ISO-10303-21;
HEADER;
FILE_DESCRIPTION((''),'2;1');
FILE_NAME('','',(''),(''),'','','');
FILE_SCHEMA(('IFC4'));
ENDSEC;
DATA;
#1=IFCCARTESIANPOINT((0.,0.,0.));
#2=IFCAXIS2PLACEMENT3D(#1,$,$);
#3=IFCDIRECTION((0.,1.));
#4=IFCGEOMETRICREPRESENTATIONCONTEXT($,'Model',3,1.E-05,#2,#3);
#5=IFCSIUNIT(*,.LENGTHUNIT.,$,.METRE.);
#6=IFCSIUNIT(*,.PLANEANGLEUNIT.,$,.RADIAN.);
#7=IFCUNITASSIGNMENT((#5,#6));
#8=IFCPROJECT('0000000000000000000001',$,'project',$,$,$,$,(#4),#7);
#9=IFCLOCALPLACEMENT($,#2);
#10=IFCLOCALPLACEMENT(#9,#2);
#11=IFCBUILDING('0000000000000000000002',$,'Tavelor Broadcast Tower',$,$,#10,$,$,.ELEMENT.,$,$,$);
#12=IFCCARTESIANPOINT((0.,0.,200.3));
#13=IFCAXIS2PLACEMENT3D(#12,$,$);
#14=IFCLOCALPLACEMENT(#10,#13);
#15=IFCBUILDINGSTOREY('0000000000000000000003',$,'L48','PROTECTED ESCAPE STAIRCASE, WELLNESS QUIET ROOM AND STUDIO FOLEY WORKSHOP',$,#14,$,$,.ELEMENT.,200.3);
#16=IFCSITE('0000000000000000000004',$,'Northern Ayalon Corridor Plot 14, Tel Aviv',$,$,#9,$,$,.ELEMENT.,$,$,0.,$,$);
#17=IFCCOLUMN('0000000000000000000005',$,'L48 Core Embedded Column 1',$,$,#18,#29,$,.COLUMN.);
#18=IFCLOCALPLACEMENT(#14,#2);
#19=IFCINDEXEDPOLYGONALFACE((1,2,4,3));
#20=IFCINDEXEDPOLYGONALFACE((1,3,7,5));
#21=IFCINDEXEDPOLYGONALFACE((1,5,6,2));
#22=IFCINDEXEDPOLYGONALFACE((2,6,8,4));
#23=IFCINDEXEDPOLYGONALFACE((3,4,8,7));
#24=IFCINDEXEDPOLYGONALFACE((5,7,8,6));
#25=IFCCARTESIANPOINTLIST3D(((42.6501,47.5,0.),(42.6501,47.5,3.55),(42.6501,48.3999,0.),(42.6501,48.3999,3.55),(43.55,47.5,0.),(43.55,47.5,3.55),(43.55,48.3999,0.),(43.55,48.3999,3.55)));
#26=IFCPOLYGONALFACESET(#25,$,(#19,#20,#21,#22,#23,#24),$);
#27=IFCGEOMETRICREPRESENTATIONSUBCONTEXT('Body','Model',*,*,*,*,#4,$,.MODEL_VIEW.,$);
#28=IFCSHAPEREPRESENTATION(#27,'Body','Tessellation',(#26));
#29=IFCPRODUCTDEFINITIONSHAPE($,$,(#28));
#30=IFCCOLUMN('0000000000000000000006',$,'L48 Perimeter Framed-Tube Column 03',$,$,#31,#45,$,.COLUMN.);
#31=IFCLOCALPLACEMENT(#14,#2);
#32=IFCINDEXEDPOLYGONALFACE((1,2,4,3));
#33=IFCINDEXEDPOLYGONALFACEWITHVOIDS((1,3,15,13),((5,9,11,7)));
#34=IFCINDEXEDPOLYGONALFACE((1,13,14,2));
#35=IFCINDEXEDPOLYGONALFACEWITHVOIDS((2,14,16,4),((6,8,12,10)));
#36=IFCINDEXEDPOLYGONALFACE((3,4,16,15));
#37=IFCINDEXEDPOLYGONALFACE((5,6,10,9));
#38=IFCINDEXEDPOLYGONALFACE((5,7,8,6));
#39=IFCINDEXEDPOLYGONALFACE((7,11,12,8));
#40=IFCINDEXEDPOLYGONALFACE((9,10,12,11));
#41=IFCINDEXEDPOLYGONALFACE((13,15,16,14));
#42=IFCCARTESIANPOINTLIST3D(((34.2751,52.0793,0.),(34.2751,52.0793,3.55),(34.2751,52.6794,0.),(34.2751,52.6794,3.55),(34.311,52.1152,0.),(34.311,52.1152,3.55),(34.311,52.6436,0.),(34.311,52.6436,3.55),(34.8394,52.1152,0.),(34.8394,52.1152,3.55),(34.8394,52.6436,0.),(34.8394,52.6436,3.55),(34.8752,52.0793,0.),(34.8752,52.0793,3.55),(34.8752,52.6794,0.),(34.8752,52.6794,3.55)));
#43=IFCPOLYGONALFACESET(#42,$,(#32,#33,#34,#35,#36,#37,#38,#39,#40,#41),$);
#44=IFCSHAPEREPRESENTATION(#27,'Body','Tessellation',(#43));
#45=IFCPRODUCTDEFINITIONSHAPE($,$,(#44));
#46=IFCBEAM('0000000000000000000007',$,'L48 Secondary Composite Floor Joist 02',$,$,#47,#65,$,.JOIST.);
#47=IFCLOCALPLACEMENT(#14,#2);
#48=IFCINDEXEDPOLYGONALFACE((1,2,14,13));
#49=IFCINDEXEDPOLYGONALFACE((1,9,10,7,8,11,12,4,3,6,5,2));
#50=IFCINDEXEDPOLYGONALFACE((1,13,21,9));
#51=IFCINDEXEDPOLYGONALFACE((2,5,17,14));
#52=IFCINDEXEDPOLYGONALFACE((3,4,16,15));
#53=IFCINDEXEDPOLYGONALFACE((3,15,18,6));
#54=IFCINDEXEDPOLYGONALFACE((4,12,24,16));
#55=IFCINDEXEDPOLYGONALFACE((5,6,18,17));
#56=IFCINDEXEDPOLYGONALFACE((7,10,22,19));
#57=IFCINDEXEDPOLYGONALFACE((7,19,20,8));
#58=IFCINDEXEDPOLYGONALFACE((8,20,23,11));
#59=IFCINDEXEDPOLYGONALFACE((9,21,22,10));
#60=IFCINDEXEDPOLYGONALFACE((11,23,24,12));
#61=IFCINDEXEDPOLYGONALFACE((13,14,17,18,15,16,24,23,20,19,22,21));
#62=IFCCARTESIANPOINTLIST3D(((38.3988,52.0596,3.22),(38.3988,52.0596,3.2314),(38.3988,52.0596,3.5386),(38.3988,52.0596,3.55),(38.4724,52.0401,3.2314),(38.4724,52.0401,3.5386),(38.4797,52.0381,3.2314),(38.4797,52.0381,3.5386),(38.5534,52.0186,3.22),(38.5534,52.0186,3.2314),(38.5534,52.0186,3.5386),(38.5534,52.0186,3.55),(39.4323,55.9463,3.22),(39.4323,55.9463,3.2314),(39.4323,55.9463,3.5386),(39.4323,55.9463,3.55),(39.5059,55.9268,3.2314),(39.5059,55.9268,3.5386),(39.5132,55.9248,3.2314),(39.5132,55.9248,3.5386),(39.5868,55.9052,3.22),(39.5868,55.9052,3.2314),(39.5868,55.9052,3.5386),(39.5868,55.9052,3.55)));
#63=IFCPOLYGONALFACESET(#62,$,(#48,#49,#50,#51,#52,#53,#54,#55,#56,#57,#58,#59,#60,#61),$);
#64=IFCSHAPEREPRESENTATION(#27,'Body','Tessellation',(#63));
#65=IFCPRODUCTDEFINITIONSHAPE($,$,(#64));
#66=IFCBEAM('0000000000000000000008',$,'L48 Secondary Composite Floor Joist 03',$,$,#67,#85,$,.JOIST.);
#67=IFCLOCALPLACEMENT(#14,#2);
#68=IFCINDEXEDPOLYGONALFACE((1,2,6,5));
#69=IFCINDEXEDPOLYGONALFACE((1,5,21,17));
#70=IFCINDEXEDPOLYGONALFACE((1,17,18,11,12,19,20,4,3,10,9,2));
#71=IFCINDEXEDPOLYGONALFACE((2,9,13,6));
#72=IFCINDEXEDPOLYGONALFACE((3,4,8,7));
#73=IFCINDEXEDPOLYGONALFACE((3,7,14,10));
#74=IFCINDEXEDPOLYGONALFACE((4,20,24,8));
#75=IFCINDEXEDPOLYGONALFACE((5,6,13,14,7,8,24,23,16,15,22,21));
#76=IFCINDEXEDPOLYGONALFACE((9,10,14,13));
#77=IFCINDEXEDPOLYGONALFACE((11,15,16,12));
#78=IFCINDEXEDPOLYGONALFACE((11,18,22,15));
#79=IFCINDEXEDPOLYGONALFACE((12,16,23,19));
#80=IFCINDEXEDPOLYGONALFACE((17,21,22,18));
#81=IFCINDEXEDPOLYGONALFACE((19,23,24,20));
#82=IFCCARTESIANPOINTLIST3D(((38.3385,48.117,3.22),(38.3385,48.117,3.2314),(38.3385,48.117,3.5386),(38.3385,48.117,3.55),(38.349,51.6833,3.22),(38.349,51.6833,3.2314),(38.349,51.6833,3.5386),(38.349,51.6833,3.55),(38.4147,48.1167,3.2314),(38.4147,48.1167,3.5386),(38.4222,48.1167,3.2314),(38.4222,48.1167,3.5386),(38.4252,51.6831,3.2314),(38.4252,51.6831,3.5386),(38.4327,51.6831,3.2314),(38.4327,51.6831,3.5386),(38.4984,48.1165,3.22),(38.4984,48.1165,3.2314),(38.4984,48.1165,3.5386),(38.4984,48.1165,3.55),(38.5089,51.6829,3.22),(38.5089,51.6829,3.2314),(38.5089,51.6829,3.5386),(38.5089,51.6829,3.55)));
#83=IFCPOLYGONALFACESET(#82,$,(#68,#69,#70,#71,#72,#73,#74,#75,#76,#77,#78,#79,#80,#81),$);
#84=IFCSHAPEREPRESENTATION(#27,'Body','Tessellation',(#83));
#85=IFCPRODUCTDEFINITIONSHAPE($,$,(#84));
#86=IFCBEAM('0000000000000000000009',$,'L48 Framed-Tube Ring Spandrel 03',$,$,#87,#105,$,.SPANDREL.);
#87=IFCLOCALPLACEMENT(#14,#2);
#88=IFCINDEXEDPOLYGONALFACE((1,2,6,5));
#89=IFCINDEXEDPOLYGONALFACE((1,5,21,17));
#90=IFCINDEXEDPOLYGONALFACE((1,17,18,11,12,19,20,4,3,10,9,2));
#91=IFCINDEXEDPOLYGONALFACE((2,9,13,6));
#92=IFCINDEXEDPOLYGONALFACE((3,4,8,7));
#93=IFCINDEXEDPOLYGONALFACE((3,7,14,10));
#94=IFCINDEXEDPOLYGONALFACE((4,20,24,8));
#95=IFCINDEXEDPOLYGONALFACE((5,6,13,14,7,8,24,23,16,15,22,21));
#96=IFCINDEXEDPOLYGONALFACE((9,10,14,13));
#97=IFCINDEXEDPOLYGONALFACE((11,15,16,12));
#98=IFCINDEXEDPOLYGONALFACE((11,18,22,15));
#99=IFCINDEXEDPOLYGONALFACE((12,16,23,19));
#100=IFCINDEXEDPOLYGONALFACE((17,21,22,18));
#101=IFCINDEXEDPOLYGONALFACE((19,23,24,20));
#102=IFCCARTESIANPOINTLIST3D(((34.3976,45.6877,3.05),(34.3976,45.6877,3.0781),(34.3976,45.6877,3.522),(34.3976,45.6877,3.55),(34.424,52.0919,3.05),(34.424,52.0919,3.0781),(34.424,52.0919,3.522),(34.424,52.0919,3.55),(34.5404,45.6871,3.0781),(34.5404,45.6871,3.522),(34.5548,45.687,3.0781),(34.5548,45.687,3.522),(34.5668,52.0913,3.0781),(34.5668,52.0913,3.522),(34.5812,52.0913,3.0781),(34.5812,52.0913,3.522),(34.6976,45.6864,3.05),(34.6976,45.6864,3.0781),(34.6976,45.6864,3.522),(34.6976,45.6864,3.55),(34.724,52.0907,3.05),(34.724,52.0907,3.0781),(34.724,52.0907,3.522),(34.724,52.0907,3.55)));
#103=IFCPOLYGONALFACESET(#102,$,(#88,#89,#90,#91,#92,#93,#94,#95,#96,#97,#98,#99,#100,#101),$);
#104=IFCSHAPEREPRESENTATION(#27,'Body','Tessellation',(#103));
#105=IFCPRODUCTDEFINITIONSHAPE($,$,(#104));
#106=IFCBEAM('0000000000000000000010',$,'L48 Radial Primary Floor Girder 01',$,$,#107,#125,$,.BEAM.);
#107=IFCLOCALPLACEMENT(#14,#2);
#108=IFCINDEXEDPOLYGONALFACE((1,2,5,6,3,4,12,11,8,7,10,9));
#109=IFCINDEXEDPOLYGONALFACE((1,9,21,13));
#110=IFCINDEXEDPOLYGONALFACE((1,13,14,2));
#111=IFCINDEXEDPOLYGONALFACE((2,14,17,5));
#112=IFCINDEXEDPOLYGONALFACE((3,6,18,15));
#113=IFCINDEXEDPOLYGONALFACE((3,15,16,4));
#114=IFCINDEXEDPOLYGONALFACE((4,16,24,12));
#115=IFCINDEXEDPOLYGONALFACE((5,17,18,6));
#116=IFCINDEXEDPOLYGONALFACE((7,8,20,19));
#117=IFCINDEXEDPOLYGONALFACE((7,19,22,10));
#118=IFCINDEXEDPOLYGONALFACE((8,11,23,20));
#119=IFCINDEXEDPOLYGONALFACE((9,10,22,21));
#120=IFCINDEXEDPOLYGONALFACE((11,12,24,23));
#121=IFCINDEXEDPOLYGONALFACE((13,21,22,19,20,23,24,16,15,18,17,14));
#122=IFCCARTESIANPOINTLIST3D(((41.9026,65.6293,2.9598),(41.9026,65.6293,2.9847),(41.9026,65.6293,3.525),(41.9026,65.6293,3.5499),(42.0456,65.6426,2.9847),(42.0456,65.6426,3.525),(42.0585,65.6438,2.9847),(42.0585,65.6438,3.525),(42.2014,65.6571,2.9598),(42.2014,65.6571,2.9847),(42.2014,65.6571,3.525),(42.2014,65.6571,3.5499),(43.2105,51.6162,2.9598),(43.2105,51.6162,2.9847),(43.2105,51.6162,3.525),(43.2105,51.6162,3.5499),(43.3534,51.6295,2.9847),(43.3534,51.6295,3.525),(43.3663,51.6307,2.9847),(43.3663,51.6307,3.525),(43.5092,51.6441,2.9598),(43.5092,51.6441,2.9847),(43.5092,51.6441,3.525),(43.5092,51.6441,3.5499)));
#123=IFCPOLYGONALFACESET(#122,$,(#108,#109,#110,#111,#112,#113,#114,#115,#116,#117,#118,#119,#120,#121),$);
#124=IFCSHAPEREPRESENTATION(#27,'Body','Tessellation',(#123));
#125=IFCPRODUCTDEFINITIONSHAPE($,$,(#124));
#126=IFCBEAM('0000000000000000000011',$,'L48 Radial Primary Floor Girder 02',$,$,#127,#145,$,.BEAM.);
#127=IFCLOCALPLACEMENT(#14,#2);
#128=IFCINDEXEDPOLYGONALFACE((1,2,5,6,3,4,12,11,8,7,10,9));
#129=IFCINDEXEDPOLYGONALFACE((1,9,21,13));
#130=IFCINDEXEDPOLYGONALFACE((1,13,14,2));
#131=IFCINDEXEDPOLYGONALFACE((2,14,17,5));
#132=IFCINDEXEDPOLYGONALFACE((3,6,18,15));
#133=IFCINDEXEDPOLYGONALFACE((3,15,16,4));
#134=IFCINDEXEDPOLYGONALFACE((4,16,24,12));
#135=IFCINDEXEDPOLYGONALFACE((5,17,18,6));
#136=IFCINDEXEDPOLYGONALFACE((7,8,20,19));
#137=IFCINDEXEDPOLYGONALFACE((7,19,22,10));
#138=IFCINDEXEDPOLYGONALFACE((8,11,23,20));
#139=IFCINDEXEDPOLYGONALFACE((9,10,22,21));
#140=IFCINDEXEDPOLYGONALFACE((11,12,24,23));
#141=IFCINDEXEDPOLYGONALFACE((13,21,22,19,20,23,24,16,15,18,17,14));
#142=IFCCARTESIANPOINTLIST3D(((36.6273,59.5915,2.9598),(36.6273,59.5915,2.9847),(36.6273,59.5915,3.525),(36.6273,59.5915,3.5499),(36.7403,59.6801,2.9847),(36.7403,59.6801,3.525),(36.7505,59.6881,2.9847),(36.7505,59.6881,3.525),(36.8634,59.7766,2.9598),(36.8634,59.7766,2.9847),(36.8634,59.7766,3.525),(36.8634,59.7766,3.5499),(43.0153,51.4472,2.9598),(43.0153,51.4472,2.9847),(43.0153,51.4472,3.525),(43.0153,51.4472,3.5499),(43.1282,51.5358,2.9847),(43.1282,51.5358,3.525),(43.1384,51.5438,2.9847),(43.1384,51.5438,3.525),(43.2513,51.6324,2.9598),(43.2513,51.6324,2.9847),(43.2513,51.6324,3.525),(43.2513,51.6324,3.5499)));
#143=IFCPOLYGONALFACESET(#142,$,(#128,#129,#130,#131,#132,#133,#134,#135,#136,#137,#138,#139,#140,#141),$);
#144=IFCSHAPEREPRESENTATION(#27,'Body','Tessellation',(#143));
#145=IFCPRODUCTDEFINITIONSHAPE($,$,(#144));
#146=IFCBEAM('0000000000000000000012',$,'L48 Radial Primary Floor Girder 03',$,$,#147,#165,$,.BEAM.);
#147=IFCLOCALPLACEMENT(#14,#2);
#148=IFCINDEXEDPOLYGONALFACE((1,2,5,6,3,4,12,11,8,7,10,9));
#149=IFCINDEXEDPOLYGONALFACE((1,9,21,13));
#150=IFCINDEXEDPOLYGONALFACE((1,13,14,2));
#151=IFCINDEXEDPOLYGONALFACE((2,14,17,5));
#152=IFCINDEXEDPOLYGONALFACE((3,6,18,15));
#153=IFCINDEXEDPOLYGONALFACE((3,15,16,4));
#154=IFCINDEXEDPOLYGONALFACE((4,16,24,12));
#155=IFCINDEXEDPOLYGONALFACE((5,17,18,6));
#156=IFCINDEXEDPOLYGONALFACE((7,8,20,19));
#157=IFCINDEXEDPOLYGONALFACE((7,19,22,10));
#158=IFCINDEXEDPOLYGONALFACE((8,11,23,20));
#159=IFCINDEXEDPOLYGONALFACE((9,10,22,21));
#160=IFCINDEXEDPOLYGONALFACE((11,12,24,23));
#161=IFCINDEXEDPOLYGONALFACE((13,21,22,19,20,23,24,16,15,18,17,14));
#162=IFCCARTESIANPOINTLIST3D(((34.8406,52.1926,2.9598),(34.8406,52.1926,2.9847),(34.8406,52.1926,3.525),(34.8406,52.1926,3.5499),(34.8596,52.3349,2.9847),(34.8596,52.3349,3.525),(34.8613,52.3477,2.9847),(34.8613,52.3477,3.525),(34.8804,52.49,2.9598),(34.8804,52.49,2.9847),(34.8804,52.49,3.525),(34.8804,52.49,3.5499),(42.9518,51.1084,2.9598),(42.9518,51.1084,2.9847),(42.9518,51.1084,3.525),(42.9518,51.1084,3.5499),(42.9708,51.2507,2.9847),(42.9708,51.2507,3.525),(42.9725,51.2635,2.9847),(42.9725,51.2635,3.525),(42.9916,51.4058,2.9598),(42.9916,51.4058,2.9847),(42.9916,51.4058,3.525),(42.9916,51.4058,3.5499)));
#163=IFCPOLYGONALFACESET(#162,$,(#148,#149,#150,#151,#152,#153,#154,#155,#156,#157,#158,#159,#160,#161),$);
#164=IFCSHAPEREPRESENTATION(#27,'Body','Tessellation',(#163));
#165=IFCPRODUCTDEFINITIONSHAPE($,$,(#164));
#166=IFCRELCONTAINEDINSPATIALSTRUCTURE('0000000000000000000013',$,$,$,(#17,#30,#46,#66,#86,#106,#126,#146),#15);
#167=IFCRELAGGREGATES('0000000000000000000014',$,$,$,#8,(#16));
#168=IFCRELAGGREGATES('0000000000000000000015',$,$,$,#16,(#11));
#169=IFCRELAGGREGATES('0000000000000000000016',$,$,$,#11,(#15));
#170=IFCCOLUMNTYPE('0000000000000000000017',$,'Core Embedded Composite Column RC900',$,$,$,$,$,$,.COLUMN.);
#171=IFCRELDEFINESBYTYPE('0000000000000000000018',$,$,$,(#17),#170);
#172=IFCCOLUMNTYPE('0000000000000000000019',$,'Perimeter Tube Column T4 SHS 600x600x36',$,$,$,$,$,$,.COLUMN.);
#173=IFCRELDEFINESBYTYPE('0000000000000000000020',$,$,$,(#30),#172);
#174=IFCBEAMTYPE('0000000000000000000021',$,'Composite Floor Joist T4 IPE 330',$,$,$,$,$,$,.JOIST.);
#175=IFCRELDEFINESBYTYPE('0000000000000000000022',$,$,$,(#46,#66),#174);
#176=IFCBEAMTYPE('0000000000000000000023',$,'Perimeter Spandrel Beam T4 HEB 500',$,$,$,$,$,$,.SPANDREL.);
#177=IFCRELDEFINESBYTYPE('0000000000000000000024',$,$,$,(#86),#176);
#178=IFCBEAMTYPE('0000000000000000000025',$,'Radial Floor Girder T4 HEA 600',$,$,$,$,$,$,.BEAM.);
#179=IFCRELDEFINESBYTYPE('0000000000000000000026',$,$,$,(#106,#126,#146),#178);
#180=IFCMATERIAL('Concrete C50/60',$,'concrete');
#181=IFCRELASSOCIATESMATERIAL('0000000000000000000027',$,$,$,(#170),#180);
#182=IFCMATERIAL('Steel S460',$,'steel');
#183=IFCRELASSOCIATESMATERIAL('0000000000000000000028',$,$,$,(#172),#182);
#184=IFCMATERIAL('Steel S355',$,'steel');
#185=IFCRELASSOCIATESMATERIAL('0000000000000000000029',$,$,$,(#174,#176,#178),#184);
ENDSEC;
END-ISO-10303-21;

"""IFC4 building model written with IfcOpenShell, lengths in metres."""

from ifc_helpers import new_model, si_unit, direction, frame, origin, origin_2d, place, context, subcontext, project, spatial, rectangle, hollow_rectangle, i_section, extrude, material, material_profile, profile_set, type_object, element, save


model = new_model("IFC4")

# Units and contexts
model_context = context("Model", 3, precision=1e-05, world=origin(), true_north=direction((0.0, 1.0)))
body_context = subcontext(model_context, "Body", "Model", "MODEL_VIEW")
ifc_project = project(units=[si_unit("LENGTHUNIT", "METRE"), si_unit("PLANEANGLEUNIT", "RADIAN")], contexts=[model_context])

# Site, building, storey
site_placement = place(None, origin())
site = spatial("IfcSite", under=ifc_project, at=site_placement, Name="Northern Ayalon Corridor Plot 14, Tel Aviv", CompositionType="ELEMENT", RefElevation=0.0)
building_placement = place(site_placement, origin())
building = spatial("IfcBuilding", under=site, at=building_placement, Name="Tavelor Broadcast Tower", CompositionType="ELEMENT")
storey_placement = place(building_placement, frame((0.0, 0.0, 200.3)))
storey = spatial("IfcBuildingStorey", under=building, at=storey_placement, Name="L48", Description="PROTECTED ESCAPE STAIRCASE, WELLNESS QUIET ROOM AND STUDIO FOLEY WORKSHOP", CompositionType="ELEMENT", Elevation=200.3)

# Columns
ifc_material_1 = material(Name="Concrete C50/60", Category="concrete")
ifc_material_profile_1 = material_profile(ifc_material_1, rectangle(XDim=0.8999, YDim=0.8999, at=origin_2d()), Name="RC 900x900")
ifc_profile_set_1 = profile_set([ifc_material_profile_1], Name="Concrete C50/60")
column_type_1 = type_object("IfcColumnType", Name="Core Embedded Composite Column RC900", PredefinedType="COLUMN", material=ifc_profile_set_1)
column_1_placement = place(storey_placement, frame((43.1001, 47.95, 0.0), z_axis=(0.0, 0.0, 1.0), x_axis=(1.0, 0.0, 0.0)))
element("IfcColumn", 1, at=column_1_placement, inside=storey, type_object=column_type_1, Name="L48 Core Embedded Column 1", PredefinedType="COLUMN", context=body_context, shape_type="SweptSolid", body=[
    extrude(rectangle(XDim=0.8999, YDim=0.8999, at=origin_2d()), origin(), (0.0, 0.0, 1.0), 3.55),
])
ifc_material_2 = material(Name="Steel S460", Category="steel")
ifc_material_profile_2 = material_profile(ifc_material_2, hollow_rectangle(XDim=0.6001, YDim=0.6001, WallThickness=0.0359, at=origin_2d()), Name="SHS 600x600x36")
ifc_profile_set_2 = profile_set([ifc_material_profile_2], Name="Steel S460")
column_type_2 = type_object("IfcColumnType", Name="Perimeter Tube Column T4 SHS 600x600x36", PredefinedType="COLUMN", material=ifc_profile_set_2)
column_2_placement = place(storey_placement, frame((34.5752, 52.3794, 0.0), z_axis=(0.0, 0.0, 1.0), x_axis=(1.0, 0.0, 0.0)))
element("IfcColumn", 2, at=column_2_placement, inside=storey, type_object=column_type_2, Name="L48 Perimeter Framed-Tube Column 03", PredefinedType="COLUMN", context=body_context, shape_type="SweptSolid", body=[
    extrude(hollow_rectangle(XDim=0.6001, YDim=0.6001, WallThickness=0.0359, at=origin_2d()), origin(), (0.0, 0.0, 1.0), 3.55),
])

# Beams
ifc_material_3 = material(Name="Steel S355", Category="steel")
ifc_material_profile_3 = material_profile(ifc_material_3, i_section(OverallWidth=0.1599, OverallDepth=0.3301, WebThickness=0.0076, FlangeThickness=0.0115, at=origin_2d()), Name="IPE 330")
ifc_profile_set_3 = profile_set([ifc_material_profile_3], Name="Steel S355")
beam_type_1 = type_object("IfcBeamType", Name="Composite Floor Joist T4 IPE 330", PredefinedType="JOIST", material=ifc_profile_set_3)
beam_1_placement = place(storey_placement, frame((39.5095, 55.9258, 3.385), z_axis=(-0.256964, -0.966421, 0.0), x_axis=(0.966421, -0.256964, 0.0)))
element("IfcBeam", 3, at=beam_1_placement, inside=storey, type_object=beam_type_1, Name="L48 Secondary Composite Floor Joist 02", PredefinedType="JOIST", context=body_context, shape_type="SweptSolid", body=[
    extrude(i_section(OverallWidth=0.1599, OverallDepth=0.3301, WebThickness=0.0076, FlangeThickness=0.0115, at=origin_2d()), origin(), (0.0, 0.0, 1.0), 4.0217),
])
beam_2_placement = place(storey_placement, frame((38.429, 51.6831, 3.385), z_axis=(-0.002944, -0.999996, 0.0), x_axis=(0.999996, -0.002944, 0.0)))
element("IfcBeam", 4, at=beam_2_placement, inside=storey, type_object=beam_type_1, Name="L48 Secondary Composite Floor Joist 03", PredefinedType="JOIST", context=body_context, shape_type="SweptSolid", body=[
    extrude(i_section(OverallWidth=0.1599, OverallDepth=0.3301, WebThickness=0.0076, FlangeThickness=0.0115, at=origin_2d()), origin(), (0.0, 0.0, 1.0), 3.5664),
])
ifc_material_profile_4 = material_profile(ifc_material_3, i_section(OverallWidth=0.3, OverallDepth=0.5, WebThickness=0.0144, FlangeThickness=0.0281, at=origin_2d()), Name="HEB 500")
ifc_profile_set_4 = profile_set([ifc_material_profile_4], Name="Steel S355")
beam_type_2 = type_object("IfcBeamType", Name="Perimeter Spandrel Beam T4 HEB 500", PredefinedType="SPANDREL", material=ifc_profile_set_4)
beam_3_placement = place(storey_placement, frame((34.574, 52.0913, 3.3), z_axis=(-0.004117, -0.999992, 0.0), x_axis=(0.999992, -0.004117, 0.0)))
element("IfcBeam", 5, at=beam_3_placement, inside=storey, type_object=beam_type_2, Name="L48 Framed-Tube Ring Spandrel 03", PredefinedType="SPANDREL", context=body_context, shape_type="SweptSolid", body=[
    extrude(i_section(OverallWidth=0.3, OverallDepth=0.5, WebThickness=0.0144, FlangeThickness=0.0281, at=origin_2d()), origin(), (0.0, 0.0, 1.0), 6.4043),
])
ifc_material_profile_5 = material_profile(ifc_material_3, i_section(OverallWidth=0.3, OverallDepth=0.5901, WebThickness=0.0129, FlangeThickness=0.0249, at=origin_2d()), Name="HEA 600")
ifc_profile_set_5 = profile_set([ifc_material_profile_5], Name="Steel S355")
beam_type_3 = type_object("IfcBeamType", Name="Radial Floor Girder T4 HEA 600", PredefinedType="BEAM", material=ifc_profile_set_5)
beam_4_placement = place(storey_placement, frame((43.3599, 51.6301, 3.2549), z_axis=(-0.092927, 0.995673, 0.0), x_axis=(-0.995673, -0.092927, 0.0)))
element("IfcBeam", 6, at=beam_4_placement, inside=storey, type_object=beam_type_3, Name="L48 Radial Primary Floor Girder 01", PredefinedType="BEAM", context=body_context, shape_type="SweptSolid", body=[
    extrude(i_section(OverallWidth=0.3, OverallDepth=0.5901, WebThickness=0.0129, FlangeThickness=0.0249, at=origin_2d()), origin(), (0.0, 0.0, 1.0), 14.074),
])
beam_5_placement = place(storey_placement, frame((43.1333, 51.5398, 3.2549), z_axis=(-0.617156, 0.786841, 0.0), x_axis=(-0.786841, -0.617156, 0.0)))
element("IfcBeam", 7, at=beam_5_placement, inside=storey, type_object=beam_type_3, Name="L48 Radial Primary Floor Girder 02", PredefinedType="BEAM", context=body_context, shape_type="SweptSolid", body=[
    extrude(i_section(OverallWidth=0.3, OverallDepth=0.5901, WebThickness=0.0129, FlangeThickness=0.0249, at=origin_2d()), origin(), (0.0, 0.0, 1.0), 10.3506),
])
beam_6_placement = place(storey_placement, frame((42.9717, 51.2571, 3.2549), z_axis=(-0.991184, 0.132494, 0.0), x_axis=(-0.132494, -0.991184, 0.0)))
element("IfcBeam", 8, at=beam_6_placement, inside=storey, type_object=beam_type_3, Name="L48 Radial Primary Floor Girder 03", PredefinedType="BEAM", context=body_context, shape_type="SweptSolid", body=[
    extrude(i_section(OverallWidth=0.3, OverallDepth=0.5901, WebThickness=0.0129, FlangeThickness=0.0249, at=origin_2d()), origin(), (0.0, 0.0, 1.0), 8.1833),
])

save(model, "model.ifc")
